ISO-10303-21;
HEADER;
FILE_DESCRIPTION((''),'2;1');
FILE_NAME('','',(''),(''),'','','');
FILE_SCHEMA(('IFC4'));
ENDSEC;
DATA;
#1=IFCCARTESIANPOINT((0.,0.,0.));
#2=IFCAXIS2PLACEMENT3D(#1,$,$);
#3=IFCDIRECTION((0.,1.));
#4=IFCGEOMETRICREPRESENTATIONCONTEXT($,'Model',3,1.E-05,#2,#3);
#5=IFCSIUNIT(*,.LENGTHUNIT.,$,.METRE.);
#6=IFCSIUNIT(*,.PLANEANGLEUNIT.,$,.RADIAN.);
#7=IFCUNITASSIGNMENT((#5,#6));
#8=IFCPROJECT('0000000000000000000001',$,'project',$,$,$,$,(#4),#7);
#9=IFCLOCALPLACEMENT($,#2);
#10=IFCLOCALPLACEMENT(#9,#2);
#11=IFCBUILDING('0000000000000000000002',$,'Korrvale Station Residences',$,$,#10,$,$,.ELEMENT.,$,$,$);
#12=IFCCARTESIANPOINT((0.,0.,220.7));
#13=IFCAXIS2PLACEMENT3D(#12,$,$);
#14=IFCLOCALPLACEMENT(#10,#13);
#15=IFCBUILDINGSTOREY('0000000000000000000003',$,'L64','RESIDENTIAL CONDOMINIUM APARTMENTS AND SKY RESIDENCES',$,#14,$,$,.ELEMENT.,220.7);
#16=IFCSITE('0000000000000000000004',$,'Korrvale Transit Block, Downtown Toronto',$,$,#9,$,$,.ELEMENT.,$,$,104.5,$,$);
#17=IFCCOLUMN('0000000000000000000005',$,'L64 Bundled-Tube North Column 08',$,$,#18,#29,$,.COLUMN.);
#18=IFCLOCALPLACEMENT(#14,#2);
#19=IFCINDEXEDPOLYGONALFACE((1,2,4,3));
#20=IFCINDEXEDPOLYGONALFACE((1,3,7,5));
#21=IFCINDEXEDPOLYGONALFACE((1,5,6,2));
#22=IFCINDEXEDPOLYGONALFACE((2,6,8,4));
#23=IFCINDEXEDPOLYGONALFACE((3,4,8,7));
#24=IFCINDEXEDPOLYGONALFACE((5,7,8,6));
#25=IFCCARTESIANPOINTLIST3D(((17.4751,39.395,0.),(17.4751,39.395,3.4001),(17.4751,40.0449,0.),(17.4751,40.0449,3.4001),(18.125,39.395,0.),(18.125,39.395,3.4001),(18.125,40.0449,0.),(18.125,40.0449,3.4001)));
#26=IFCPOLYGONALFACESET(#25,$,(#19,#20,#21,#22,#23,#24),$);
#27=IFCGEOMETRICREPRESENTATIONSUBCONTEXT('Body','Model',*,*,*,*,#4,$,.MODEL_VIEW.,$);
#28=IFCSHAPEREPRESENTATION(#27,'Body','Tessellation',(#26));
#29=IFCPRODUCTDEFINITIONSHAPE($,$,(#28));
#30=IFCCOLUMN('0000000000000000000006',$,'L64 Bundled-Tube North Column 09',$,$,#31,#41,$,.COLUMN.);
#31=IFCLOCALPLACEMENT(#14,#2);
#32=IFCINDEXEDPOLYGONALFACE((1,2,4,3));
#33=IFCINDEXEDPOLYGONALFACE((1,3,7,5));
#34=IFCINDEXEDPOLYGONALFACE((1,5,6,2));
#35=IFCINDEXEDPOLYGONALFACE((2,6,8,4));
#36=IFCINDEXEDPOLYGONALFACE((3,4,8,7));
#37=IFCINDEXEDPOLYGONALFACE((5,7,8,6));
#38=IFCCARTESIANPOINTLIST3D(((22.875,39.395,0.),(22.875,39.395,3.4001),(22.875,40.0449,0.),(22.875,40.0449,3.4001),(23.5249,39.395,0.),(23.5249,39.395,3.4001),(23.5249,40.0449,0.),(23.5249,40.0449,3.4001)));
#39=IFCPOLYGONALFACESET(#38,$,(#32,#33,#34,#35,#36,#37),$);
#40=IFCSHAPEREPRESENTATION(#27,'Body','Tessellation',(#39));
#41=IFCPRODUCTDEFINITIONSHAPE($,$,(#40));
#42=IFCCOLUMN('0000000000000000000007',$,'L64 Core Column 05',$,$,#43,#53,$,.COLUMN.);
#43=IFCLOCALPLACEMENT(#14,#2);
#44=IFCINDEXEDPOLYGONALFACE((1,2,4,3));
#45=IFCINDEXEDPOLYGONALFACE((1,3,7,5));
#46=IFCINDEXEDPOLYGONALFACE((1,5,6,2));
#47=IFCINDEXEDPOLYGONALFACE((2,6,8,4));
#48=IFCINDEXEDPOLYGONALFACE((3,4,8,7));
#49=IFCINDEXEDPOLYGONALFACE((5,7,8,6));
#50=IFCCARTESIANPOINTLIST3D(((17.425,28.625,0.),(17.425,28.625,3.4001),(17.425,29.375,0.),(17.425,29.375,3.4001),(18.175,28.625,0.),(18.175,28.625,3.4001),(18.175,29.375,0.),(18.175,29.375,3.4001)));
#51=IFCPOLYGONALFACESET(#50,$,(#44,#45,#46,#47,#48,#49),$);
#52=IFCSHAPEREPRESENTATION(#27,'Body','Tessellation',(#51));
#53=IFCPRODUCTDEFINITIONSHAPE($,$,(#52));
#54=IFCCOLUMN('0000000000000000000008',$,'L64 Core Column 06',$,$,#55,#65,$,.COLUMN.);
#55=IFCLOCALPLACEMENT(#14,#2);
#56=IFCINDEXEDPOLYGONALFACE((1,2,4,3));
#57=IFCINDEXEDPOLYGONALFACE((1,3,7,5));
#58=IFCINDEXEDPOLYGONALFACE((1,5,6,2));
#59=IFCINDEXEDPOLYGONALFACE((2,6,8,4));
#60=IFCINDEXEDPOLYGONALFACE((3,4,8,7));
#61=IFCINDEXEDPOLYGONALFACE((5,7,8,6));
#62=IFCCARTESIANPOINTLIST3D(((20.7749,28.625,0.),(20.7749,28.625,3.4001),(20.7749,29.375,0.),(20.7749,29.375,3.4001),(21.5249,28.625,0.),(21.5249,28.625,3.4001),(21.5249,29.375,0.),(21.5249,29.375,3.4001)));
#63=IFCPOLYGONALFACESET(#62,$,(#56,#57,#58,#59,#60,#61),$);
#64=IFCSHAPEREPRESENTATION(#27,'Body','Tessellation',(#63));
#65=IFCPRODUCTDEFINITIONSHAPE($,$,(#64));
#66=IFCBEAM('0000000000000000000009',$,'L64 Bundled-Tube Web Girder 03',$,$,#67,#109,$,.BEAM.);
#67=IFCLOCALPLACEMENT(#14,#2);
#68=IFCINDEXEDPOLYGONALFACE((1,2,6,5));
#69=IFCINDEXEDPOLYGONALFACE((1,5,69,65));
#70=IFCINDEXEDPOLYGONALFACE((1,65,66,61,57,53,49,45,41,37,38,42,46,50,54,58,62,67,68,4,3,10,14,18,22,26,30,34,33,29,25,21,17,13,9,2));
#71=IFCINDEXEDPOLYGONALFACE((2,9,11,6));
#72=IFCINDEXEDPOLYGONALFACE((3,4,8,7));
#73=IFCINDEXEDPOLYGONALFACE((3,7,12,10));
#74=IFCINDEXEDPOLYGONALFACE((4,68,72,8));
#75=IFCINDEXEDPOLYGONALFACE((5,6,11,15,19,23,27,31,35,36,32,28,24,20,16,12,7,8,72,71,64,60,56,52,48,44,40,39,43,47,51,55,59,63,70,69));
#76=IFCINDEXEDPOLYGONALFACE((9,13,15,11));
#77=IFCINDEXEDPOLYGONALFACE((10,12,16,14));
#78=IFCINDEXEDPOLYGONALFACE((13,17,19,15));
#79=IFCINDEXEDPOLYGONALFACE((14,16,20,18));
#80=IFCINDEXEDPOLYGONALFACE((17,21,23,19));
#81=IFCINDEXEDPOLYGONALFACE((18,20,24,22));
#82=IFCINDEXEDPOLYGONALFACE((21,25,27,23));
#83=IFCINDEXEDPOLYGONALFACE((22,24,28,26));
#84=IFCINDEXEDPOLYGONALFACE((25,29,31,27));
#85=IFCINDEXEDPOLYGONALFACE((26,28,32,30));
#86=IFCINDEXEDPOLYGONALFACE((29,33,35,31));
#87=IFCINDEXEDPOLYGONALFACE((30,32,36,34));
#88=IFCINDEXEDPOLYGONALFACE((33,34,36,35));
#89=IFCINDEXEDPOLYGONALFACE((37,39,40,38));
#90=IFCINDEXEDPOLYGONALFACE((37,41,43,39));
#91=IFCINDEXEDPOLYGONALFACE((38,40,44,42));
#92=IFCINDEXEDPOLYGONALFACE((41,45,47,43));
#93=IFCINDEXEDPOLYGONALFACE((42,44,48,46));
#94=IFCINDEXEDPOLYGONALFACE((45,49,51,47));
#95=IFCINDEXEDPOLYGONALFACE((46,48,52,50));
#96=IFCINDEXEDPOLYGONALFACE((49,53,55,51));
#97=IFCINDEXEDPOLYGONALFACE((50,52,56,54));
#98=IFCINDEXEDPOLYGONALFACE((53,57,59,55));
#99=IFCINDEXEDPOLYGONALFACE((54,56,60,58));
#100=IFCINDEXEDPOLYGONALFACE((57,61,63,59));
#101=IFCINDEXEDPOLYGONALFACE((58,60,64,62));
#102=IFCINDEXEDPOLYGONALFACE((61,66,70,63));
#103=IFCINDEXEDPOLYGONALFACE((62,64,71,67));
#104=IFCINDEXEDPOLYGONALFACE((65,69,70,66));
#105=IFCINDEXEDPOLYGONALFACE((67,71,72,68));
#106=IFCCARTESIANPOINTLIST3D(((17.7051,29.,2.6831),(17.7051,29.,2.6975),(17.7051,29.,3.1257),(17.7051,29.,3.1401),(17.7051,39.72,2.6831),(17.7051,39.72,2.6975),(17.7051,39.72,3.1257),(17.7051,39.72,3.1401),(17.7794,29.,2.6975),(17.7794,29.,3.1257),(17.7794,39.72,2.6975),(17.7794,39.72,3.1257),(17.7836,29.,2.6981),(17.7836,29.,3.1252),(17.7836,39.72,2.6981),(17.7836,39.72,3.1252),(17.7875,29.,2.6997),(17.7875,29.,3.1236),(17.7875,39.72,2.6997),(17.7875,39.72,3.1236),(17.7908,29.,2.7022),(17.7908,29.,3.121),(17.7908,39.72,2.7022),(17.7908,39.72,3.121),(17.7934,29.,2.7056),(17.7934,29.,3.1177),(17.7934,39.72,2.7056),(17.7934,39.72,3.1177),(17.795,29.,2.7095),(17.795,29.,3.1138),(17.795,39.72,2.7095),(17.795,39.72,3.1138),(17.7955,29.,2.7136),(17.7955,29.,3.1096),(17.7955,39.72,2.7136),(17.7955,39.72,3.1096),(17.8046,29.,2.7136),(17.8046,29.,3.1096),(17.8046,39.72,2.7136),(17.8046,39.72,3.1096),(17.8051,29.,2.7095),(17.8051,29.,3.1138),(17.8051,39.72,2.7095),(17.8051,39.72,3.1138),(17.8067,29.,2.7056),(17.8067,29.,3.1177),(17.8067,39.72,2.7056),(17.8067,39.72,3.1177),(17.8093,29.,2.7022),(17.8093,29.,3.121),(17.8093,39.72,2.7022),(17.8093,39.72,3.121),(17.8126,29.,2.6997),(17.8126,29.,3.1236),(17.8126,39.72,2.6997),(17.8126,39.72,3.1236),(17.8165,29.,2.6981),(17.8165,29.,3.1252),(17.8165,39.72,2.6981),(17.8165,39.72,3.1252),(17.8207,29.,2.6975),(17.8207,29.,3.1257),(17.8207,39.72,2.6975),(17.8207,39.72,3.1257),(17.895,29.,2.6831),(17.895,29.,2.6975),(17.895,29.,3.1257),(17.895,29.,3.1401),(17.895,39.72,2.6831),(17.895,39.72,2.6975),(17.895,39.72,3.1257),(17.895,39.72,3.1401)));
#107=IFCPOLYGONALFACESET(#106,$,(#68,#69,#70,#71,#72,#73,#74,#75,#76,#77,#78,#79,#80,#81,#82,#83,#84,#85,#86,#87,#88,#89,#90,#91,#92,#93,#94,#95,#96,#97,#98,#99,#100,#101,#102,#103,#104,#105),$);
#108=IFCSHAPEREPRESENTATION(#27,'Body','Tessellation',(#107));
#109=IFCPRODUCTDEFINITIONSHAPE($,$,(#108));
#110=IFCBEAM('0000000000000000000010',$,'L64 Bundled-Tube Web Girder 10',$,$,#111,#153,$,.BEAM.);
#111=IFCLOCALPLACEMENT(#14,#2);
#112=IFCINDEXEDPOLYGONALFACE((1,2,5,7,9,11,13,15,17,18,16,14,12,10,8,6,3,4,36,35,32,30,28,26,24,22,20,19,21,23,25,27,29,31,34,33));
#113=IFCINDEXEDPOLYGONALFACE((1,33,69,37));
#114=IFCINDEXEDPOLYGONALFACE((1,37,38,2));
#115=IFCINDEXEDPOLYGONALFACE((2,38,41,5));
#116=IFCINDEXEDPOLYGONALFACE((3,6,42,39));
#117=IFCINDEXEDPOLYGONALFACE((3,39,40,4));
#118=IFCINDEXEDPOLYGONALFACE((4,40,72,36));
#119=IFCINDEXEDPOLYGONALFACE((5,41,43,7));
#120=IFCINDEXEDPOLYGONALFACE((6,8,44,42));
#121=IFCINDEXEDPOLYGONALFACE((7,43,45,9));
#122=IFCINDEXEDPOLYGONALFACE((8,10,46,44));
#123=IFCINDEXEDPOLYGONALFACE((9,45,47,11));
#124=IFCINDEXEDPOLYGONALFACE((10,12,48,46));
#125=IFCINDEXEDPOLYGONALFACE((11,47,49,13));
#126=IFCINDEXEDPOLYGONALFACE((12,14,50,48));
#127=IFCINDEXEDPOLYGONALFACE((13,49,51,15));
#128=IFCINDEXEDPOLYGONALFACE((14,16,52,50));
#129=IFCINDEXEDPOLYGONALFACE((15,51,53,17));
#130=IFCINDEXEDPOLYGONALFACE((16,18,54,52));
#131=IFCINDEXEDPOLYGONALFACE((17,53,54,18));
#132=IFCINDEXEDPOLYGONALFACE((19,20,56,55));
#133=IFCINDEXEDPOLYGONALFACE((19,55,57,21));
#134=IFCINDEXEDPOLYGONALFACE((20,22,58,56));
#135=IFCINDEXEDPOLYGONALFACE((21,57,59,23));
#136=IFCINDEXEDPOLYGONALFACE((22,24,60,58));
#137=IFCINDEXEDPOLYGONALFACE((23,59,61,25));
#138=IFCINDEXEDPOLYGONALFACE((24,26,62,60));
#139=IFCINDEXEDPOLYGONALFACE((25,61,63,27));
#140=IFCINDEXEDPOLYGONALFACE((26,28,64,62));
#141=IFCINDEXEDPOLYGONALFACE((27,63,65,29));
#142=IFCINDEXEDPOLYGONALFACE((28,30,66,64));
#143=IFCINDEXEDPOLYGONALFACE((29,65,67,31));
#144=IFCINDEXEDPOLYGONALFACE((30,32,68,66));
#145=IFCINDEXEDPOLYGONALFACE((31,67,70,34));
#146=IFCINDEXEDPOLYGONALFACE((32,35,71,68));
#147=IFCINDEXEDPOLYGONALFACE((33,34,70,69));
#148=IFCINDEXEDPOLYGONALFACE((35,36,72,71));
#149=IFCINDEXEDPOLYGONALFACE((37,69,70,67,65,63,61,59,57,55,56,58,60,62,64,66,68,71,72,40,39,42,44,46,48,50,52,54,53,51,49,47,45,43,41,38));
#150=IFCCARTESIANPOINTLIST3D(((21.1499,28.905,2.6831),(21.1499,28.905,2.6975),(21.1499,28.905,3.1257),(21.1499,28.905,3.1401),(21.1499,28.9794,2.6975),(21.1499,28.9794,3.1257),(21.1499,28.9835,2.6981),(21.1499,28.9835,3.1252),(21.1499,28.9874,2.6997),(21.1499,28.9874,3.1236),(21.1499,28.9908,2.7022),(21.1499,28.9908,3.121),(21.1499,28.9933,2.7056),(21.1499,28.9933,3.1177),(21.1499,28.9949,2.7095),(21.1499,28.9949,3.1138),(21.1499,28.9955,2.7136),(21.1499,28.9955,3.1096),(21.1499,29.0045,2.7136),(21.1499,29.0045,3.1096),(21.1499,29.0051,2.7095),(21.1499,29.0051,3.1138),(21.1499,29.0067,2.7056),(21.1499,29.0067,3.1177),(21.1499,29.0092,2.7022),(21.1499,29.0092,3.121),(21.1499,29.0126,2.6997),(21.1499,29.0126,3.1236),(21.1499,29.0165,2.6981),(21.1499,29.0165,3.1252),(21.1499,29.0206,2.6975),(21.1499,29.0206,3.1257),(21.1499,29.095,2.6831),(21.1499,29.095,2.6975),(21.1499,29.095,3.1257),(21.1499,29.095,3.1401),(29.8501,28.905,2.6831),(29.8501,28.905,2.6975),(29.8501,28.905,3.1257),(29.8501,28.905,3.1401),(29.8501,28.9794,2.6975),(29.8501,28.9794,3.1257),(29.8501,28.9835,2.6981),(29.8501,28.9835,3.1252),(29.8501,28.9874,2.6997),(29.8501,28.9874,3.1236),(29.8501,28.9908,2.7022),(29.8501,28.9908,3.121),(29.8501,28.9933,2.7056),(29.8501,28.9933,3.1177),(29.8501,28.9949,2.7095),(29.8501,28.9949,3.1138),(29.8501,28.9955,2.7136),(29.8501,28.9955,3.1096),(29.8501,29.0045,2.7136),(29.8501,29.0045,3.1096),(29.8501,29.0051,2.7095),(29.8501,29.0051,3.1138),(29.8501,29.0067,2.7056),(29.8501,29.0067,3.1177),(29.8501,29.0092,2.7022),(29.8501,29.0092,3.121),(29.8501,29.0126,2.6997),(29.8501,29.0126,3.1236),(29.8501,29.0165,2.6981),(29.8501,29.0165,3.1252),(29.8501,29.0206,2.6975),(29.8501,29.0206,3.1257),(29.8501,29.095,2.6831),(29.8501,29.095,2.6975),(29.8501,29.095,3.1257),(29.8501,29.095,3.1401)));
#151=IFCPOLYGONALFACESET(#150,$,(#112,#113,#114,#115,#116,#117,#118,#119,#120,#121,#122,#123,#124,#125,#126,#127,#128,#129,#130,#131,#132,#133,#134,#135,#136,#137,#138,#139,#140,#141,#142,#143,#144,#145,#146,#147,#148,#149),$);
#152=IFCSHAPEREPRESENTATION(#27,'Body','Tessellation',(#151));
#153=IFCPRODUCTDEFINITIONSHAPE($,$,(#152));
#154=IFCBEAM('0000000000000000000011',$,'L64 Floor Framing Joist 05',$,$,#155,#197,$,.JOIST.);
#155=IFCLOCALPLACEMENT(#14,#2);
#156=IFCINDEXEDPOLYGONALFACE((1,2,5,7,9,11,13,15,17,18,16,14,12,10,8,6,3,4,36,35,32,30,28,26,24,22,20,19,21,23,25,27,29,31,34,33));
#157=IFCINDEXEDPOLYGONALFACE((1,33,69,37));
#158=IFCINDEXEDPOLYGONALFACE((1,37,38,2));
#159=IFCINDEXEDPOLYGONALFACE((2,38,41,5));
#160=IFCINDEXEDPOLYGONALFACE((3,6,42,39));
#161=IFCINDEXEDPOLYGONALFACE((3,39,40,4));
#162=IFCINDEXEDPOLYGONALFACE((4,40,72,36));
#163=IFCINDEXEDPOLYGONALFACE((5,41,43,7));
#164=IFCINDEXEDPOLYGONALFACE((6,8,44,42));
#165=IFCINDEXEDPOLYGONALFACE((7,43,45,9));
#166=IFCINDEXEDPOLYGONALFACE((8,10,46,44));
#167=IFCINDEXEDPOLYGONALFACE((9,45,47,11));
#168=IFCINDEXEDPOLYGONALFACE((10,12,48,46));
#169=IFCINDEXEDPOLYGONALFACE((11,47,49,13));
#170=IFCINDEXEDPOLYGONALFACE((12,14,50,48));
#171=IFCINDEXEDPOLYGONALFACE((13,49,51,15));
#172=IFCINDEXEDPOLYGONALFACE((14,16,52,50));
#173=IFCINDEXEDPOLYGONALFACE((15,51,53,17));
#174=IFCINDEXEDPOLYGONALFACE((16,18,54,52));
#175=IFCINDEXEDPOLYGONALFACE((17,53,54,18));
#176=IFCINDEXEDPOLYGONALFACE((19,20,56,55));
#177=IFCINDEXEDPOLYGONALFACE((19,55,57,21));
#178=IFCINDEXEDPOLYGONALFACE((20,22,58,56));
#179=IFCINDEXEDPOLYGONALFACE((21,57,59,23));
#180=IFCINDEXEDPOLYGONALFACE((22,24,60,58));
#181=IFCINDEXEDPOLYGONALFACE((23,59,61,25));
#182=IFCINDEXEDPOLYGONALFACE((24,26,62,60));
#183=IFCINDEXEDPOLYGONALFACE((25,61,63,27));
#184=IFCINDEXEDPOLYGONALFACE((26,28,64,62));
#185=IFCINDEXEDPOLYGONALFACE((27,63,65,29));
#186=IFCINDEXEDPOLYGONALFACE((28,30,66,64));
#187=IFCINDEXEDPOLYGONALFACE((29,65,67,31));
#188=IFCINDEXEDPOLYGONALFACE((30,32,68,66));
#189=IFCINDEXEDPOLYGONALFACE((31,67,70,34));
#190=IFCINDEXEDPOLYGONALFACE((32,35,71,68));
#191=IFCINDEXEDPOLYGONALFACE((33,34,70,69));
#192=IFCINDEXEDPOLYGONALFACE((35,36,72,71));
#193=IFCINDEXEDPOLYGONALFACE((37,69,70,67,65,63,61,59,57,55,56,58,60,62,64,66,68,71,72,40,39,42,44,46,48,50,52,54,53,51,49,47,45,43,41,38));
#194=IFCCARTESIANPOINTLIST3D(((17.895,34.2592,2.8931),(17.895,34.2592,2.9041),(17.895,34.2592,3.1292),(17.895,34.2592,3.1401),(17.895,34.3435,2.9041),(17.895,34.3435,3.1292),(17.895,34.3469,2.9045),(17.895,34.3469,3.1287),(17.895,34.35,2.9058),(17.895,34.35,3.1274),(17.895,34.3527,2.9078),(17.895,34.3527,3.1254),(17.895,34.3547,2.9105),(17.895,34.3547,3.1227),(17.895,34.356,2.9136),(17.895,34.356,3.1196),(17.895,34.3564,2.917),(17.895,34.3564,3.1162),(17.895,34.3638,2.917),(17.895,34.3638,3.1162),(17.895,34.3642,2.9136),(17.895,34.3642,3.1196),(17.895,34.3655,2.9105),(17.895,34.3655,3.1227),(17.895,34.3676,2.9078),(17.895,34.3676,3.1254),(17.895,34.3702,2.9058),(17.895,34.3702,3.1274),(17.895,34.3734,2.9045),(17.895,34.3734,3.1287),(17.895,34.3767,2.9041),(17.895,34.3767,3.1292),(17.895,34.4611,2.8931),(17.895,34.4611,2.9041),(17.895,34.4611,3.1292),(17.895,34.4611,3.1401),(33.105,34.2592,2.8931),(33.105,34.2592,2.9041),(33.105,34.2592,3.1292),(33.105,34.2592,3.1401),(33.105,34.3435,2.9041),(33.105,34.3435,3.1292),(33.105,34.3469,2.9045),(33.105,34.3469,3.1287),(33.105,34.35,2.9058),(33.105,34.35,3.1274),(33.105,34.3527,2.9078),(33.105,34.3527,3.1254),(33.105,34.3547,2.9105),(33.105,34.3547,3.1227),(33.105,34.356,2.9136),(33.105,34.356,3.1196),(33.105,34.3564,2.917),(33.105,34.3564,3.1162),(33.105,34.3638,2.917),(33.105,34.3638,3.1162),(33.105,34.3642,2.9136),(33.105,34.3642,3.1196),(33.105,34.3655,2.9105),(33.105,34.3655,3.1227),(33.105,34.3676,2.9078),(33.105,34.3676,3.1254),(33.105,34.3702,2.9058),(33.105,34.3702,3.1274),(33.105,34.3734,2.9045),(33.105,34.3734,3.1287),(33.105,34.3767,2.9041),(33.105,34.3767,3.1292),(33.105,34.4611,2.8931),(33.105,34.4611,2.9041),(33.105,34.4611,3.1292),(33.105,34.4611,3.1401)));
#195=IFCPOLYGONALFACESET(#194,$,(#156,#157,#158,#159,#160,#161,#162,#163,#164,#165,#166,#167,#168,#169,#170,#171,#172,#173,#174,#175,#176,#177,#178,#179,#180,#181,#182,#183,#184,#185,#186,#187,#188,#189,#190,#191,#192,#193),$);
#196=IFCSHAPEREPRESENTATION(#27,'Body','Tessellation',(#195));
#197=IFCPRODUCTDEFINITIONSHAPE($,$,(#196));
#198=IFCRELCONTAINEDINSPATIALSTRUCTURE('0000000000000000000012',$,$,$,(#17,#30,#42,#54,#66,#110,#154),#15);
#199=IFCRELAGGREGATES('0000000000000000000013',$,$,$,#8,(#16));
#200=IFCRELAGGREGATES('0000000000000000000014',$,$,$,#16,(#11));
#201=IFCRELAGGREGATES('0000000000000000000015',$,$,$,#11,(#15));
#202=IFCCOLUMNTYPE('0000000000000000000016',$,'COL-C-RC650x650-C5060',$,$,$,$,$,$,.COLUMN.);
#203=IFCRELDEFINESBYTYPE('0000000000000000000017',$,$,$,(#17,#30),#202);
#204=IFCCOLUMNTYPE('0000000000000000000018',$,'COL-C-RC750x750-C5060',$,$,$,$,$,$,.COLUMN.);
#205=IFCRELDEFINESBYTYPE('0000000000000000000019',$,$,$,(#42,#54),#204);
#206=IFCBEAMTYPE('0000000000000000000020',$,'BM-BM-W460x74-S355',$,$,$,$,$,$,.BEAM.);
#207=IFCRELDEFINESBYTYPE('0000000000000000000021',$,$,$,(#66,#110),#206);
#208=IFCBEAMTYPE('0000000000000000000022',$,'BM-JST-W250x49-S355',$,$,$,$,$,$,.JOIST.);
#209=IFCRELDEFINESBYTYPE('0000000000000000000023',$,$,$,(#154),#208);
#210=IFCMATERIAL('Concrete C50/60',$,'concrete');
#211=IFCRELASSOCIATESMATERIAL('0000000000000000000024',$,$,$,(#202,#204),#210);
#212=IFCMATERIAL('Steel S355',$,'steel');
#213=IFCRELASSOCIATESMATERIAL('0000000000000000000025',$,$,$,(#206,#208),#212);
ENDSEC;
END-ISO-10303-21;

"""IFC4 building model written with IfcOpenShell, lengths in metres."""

from ifc_helpers import new_model, si_unit, direction, frame, origin, origin_2d, place, context, subcontext, project, spatial, rectangle, i_section, extrude, material, material_profile, profile_set, type_object, element, save


model = new_model("IFC4")

# Units and contexts
model_context = context("Model", 3, precision=1e-05, world=origin(), true_north=direction((0.0, 1.0)))
body_context = subcontext(model_context, "Body", "Model", "MODEL_VIEW")
ifc_project = project(units=[si_unit("LENGTHUNIT", "METRE"), si_unit("PLANEANGLEUNIT", "RADIAN")], contexts=[model_context])

# Site, building, storey
site_placement = place(None, origin())
site = spatial("IfcSite", under=ifc_project, at=site_placement, Name="Korrvale Transit Block, Downtown Toronto", CompositionType="ELEMENT", RefElevation=104.5)
building_placement = place(site_placement, origin())
building = spatial("IfcBuilding", under=site, at=building_placement, Name="Korrvale Station Residences", CompositionType="ELEMENT")
storey_placement = place(building_placement, frame((0.0, 0.0, 220.7)))
storey = spatial("IfcBuildingStorey", under=building, at=storey_placement, Name="L64", Description="RESIDENTIAL CONDOMINIUM APARTMENTS AND SKY RESIDENCES", CompositionType="ELEMENT", Elevation=220.7)

# Columns
ifc_material_1 = material(Name="Concrete C50/60", Category="concrete")
ifc_material_profile_1 = material_profile(ifc_material_1, rectangle(XDim=0.6499, YDim=0.6499, at=origin_2d()), Name="RC650x650")
ifc_profile_set_1 = profile_set([ifc_material_profile_1], Name="Concrete C50/60")
column_type_1 = type_object("IfcColumnType", Name="COL-C-RC650x650-C5060", PredefinedType="COLUMN", material=ifc_profile_set_1)
for number, where, z_axis, x_axis, name in (
    (1, (17.8, 39.72, 0.0), (0.0, 0.0, 1.0), (1.0, 0.0, 0.0), "L64 Bundled-Tube North Column 08"),
    (2, (23.2, 39.72, 0.0), (0.0, 0.0, 1.0), (1.0, 0.0, 0.0), "L64 Bundled-Tube North Column 09"),
):
    element("IfcColumn", number, at=place(storey_placement, frame(where, z_axis=z_axis, x_axis=x_axis)), inside=storey, type_object=column_type_1, Name=name, PredefinedType="COLUMN", context=body_context, shape_type="SweptSolid", body=[
        extrude(rectangle(XDim=0.6499, YDim=0.6499, at=origin_2d()), origin(), (0.0, 0.0, 1.0), 3.4001),
    ])
ifc_material_profile_2 = material_profile(ifc_material_1, rectangle(XDim=0.75, YDim=0.75, at=origin_2d()), Name="RC750x750")
ifc_profile_set_2 = profile_set([ifc_material_profile_2], Name="Concrete C50/60")
column_type_2 = type_object("IfcColumnType", Name="COL-C-RC750x750-C5060", PredefinedType="COLUMN", material=ifc_profile_set_2)
for number, where, z_axis, x_axis, name in (
    (3, (17.8, 29.0, 0.0), (0.0, 0.0, 1.0), (1.0, 0.0, 0.0), "L64 Core Column 05"),
    (4, (21.1499, 29.0, 0.0), (0.0, 0.0, 1.0), (1.0, 0.0, 0.0), "L64 Core Column 06"),
):
    element("IfcColumn", number, at=place(storey_placement, frame(where, z_axis=z_axis, x_axis=x_axis)), inside=storey, type_object=column_type_2, Name=name, PredefinedType="COLUMN", context=body_context, shape_type="SweptSolid", body=[
        extrude(rectangle(XDim=0.75, YDim=0.75, at=origin_2d()), origin(), (0.0, 0.0, 1.0), 3.4001),
    ])

# Beams
ifc_material_2 = material(Name="Steel S355", Category="steel")
ifc_material_profile_3 = material_profile(ifc_material_2, i_section(OverallWidth=0.1899, OverallDepth=0.457, WebThickness=0.009, FlangeThickness=0.0144, FilletRadius=0.0161, at=origin_2d()), Name="W460x74")
ifc_profile_set_3 = profile_set([ifc_material_profile_3], Name="Steel S355")
beam_type_1 = type_object("IfcBeamType", Name="BM-BM-W460x74-S355", PredefinedType="BEAM", material=ifc_profile_set_3)
beam_1_placement = place(storey_placement, frame((17.8, 29.0, 2.9116), z_axis=(0.0, 1.0, 0.0), x_axis=(-1.0, 0.0, 0.0)))
element("IfcBeam", 5, at=beam_1_placement, inside=storey, type_object=beam_type_1, Name="L64 Bundled-Tube Web Girder 03", PredefinedType="BEAM", context=body_context, shape_type="SweptSolid", body=[
    extrude(i_section(OverallWidth=0.1899, OverallDepth=0.457, WebThickness=0.009, FlangeThickness=0.0144, FilletRadius=0.0161, at=origin_2d()), origin(), (0.0, 0.0, 1.0), 10.72),
])
beam_2_placement = place(storey_placement, frame((21.1499, 29.0, 2.9116), z_axis=(1.0, 0.0, 0.0), x_axis=(0.0, 1.0, 0.0)))
element("IfcBeam", 6, at=beam_2_placement, inside=storey, type_object=beam_type_1, Name="L64 Bundled-Tube Web Girder 10", PredefinedType="BEAM", context=body_context, shape_type="SweptSolid", body=[
    extrude(i_section(OverallWidth=0.1899, OverallDepth=0.457, WebThickness=0.009, FlangeThickness=0.0144, FilletRadius=0.0161, at=origin_2d()), origin(), (0.0, 0.0, 1.0), 8.7002),
])
ifc_material_profile_4 = material_profile(ifc_material_2, i_section(OverallWidth=0.2019, OverallDepth=0.2471, WebThickness=0.0073, FlangeThickness=0.011, FilletRadius=0.0129, at=origin_2d()), Name="W250x49")
ifc_profile_set_4 = profile_set([ifc_material_profile_4], Name="Steel S355")
beam_type_2 = type_object("IfcBeamType", Name="BM-JST-W250x49-S355", PredefinedType="JOIST", material=ifc_profile_set_4)
beam_3_placement = place(storey_placement, frame((17.895, 34.3601, 3.0166), z_axis=(1.0, 0.0, 0.0), x_axis=(0.0, 1.0, 0.0)))
element("IfcBeam", 7, at=beam_3_placement, inside=storey, type_object=beam_type_2, Name="L64 Floor Framing Joist 05", PredefinedType="JOIST", context=body_context, shape_type="SweptSolid", body=[
    extrude(i_section(OverallWidth=0.2019, OverallDepth=0.2471, WebThickness=0.0073, FlangeThickness=0.011, FilletRadius=0.0129, at=origin_2d()), origin(), (0.0, 0.0, 1.0), 15.21),
])

save(model, "model.ifc")
